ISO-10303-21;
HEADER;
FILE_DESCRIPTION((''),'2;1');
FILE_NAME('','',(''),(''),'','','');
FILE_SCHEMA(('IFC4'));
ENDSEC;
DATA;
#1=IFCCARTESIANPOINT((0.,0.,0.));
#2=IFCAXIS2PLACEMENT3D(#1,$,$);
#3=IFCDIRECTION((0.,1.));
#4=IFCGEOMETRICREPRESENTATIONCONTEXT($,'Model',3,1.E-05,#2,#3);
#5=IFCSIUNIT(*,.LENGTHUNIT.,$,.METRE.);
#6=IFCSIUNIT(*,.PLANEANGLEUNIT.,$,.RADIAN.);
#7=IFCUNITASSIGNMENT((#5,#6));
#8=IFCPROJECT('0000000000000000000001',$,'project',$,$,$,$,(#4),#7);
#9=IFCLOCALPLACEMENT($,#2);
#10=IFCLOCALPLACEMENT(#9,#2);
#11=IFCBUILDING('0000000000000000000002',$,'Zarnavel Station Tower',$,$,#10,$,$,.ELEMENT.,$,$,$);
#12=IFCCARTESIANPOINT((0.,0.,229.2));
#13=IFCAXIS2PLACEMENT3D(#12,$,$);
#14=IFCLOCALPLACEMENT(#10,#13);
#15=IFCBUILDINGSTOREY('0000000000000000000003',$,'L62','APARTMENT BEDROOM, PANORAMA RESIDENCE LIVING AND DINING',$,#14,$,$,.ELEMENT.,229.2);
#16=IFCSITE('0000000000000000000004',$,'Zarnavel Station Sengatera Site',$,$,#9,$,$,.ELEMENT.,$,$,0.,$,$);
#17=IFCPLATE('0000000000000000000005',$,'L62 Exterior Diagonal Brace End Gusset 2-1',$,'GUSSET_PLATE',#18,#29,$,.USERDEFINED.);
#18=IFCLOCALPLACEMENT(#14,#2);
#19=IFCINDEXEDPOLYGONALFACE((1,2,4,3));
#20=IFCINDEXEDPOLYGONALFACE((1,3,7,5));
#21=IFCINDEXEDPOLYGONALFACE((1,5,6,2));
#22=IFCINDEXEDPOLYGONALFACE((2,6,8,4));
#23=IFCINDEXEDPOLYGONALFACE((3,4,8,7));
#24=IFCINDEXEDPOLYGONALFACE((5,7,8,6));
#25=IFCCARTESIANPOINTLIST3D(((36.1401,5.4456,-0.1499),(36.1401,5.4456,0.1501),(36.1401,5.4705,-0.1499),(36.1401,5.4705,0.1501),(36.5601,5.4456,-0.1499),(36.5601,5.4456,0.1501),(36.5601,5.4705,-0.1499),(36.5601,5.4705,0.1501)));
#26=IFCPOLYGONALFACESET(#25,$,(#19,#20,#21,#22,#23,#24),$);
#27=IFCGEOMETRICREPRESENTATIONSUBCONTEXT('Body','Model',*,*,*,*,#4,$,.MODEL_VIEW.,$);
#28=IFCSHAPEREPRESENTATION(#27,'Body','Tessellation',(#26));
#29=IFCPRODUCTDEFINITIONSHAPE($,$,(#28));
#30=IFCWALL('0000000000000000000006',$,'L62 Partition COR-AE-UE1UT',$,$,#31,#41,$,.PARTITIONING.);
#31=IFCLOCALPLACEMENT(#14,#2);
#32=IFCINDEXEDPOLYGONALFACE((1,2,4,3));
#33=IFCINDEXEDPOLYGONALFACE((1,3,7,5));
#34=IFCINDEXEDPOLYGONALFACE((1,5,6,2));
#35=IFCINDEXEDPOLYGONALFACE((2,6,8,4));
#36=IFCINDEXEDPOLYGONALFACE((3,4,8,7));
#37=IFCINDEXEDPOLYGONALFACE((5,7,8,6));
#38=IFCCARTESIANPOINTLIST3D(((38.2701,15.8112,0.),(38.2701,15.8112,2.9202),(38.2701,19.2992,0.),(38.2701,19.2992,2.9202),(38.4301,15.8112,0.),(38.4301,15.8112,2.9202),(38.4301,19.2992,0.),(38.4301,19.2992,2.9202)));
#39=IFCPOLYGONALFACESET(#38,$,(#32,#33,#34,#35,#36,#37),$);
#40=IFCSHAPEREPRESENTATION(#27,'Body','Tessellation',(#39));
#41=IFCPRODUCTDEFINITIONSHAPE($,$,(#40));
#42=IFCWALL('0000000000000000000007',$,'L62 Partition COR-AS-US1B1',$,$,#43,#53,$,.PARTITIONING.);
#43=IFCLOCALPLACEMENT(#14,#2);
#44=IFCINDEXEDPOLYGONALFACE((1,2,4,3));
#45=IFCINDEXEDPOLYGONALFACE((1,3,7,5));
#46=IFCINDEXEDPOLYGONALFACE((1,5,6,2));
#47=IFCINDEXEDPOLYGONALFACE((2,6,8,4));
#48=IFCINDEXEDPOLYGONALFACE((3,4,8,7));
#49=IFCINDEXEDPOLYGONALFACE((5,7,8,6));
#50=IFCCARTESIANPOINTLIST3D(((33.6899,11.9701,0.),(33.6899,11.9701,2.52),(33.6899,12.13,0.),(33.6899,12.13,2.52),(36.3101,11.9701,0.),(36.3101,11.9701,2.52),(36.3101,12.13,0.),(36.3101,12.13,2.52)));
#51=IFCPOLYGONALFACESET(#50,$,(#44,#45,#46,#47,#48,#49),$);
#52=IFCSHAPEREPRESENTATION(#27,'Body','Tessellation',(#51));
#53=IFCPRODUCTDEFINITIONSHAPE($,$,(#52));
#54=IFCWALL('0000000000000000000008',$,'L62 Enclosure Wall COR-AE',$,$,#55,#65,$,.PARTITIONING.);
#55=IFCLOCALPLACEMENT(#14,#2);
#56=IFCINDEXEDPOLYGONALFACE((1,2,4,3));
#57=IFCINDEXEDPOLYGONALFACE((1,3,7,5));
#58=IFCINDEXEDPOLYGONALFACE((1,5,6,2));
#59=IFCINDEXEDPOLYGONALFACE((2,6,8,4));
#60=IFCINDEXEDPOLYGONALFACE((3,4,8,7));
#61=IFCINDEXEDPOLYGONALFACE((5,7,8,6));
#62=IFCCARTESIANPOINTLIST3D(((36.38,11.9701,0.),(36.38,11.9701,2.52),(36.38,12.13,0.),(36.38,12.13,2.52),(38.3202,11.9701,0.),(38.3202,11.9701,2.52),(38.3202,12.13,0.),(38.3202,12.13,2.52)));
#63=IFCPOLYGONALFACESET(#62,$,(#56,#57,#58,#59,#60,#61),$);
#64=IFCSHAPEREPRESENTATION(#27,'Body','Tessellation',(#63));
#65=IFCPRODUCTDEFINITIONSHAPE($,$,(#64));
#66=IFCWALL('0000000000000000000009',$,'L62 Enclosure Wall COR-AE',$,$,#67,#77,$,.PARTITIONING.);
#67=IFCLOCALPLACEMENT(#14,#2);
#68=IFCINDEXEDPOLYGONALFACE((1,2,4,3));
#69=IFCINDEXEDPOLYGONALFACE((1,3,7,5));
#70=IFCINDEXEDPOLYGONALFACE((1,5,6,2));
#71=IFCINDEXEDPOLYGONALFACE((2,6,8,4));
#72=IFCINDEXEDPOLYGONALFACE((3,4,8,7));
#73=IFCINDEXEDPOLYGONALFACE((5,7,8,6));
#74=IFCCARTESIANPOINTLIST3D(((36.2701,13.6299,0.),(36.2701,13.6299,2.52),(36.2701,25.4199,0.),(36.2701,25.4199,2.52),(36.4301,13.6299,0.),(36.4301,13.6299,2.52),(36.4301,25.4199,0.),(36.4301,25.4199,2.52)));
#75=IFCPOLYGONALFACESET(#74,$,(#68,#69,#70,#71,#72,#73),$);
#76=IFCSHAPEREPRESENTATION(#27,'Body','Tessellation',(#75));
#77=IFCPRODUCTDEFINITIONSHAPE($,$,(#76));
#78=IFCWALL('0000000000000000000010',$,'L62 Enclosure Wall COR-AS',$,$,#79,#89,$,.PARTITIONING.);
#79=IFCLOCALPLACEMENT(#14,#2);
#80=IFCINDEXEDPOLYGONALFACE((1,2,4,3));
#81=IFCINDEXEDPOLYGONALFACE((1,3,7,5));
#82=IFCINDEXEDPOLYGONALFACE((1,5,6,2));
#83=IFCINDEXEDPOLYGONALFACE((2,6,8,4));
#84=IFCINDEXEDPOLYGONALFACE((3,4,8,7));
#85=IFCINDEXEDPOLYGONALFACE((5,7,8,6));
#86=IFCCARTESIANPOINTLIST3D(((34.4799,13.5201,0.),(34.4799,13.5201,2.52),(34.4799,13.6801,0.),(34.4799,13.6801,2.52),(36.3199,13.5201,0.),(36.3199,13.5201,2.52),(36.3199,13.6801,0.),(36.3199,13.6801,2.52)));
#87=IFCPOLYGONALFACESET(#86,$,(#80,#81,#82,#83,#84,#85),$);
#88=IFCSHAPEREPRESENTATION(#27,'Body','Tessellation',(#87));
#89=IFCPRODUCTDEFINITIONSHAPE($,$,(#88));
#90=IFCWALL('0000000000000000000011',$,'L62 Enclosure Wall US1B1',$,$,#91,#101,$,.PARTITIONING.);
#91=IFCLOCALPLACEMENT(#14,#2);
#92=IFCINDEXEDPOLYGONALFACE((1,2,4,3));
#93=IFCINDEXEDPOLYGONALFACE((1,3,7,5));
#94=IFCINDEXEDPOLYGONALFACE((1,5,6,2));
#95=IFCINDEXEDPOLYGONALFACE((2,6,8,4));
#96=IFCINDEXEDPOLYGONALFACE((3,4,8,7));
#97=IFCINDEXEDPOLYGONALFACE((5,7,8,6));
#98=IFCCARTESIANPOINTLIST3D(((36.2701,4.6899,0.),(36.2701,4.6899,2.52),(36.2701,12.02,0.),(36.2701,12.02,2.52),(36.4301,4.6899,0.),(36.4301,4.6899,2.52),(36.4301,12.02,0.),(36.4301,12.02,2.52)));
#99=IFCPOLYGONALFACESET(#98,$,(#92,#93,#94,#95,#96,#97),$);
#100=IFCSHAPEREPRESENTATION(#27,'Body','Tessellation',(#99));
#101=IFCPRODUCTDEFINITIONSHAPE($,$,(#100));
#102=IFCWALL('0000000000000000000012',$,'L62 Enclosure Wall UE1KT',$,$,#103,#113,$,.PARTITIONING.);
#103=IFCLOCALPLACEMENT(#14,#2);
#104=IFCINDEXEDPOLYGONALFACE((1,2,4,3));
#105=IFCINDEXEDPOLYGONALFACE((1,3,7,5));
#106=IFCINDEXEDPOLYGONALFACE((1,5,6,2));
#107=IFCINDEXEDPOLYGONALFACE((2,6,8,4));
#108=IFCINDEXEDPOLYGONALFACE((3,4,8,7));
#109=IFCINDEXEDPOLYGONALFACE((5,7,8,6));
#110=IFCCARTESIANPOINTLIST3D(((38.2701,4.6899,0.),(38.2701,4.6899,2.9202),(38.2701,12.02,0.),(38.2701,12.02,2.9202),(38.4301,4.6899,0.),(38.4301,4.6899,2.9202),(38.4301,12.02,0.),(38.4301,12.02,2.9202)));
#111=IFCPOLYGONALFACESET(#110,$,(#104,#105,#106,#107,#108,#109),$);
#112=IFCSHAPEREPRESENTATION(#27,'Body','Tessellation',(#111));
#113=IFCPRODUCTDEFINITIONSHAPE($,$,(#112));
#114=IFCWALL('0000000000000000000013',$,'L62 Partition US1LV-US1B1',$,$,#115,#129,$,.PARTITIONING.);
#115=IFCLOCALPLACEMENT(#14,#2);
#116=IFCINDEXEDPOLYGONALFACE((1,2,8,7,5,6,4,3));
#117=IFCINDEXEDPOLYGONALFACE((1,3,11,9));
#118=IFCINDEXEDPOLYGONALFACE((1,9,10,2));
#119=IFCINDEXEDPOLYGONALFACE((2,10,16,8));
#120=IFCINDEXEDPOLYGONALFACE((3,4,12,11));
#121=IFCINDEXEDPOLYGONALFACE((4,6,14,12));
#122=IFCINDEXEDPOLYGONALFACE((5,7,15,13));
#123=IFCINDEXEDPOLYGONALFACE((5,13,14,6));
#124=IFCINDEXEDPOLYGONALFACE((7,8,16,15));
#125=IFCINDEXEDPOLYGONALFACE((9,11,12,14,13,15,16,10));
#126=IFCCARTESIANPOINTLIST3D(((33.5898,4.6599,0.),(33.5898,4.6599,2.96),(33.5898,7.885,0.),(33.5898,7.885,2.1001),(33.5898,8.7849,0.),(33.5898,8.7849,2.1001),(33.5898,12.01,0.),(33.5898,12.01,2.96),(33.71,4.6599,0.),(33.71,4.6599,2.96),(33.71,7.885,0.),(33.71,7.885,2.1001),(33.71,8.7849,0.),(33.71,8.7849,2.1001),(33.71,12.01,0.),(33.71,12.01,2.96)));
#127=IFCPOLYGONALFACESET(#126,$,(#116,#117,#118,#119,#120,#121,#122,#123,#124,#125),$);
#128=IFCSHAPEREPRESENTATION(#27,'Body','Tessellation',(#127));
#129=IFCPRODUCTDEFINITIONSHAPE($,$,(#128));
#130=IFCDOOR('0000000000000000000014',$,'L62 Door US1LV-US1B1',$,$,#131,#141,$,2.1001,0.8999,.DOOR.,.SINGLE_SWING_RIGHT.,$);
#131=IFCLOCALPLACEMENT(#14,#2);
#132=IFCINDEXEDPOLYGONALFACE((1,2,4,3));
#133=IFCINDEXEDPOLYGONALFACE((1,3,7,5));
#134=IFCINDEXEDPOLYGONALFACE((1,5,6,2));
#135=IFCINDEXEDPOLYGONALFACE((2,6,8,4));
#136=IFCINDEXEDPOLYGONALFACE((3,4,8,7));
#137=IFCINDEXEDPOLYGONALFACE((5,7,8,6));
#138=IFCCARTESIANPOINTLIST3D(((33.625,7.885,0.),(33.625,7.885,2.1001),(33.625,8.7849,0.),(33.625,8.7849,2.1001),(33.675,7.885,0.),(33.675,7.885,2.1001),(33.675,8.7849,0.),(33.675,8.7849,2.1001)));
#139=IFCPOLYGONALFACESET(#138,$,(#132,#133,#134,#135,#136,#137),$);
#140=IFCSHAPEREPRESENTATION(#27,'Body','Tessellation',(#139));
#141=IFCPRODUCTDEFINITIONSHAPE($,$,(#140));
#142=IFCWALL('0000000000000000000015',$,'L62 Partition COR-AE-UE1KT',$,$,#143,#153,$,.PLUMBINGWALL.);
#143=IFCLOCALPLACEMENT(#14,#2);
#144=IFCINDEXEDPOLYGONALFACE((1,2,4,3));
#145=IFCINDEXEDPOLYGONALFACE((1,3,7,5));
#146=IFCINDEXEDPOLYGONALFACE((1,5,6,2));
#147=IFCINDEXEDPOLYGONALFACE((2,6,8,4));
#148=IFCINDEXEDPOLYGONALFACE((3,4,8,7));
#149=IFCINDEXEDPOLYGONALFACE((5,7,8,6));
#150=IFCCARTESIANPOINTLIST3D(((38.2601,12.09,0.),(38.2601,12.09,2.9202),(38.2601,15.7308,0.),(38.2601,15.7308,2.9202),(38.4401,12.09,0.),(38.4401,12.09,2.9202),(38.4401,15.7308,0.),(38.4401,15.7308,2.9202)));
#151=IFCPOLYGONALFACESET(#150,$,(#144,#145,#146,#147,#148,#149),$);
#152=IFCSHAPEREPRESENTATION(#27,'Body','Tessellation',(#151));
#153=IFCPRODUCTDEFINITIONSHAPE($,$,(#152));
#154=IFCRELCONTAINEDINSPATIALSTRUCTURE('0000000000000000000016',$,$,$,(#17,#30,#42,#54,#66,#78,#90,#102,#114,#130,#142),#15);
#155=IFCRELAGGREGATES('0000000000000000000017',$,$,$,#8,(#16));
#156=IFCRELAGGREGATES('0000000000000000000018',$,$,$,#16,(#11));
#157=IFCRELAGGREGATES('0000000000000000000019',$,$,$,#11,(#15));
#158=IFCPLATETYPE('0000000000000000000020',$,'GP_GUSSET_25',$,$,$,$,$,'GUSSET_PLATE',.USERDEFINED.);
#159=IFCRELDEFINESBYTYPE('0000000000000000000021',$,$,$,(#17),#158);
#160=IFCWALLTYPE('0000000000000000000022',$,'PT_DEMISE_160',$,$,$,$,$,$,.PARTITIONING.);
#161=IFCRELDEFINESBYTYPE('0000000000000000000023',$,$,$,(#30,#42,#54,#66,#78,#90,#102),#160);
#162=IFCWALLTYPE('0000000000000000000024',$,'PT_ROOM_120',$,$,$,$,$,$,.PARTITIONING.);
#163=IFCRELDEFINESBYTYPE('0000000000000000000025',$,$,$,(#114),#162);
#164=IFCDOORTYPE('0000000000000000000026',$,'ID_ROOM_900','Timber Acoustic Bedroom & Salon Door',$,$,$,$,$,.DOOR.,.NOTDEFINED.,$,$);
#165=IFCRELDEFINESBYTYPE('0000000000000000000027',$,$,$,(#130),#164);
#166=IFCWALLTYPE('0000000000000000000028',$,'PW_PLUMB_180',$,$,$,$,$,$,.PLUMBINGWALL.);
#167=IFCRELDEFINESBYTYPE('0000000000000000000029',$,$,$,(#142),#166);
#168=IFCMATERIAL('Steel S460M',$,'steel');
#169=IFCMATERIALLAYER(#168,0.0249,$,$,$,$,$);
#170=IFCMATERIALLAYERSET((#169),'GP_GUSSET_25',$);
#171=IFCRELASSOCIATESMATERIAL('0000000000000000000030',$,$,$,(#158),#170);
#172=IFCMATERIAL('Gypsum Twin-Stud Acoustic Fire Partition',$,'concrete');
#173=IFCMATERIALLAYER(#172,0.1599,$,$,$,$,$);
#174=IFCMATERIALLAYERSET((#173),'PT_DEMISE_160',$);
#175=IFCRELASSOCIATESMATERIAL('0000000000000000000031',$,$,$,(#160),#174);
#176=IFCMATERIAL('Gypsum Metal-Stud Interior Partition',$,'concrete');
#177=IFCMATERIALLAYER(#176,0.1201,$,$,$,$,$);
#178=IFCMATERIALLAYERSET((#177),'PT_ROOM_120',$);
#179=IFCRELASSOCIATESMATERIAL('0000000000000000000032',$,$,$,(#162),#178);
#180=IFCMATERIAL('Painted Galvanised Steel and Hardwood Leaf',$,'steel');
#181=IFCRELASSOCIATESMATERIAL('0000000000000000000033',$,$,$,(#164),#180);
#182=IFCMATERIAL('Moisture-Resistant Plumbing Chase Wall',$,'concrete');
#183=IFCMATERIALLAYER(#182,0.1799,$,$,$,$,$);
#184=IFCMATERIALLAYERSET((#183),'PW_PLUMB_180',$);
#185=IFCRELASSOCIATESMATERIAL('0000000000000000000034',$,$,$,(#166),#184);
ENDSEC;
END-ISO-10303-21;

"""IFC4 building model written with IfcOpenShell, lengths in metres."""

from ifc_helpers import new_model, si_unit, direction, frame, frame_2d, origin, origin_2d, place, context, subcontext, project, spatial, rectangle, extrude, material, layer, layer_set, type_object, element, fill, save


model = new_model("IFC4")

# Units and contexts
model_context = context("Model", 3, precision=1e-05, world=origin(), true_north=direction((0.0, 1.0)))
body_context = subcontext(model_context, "Body", "Model", "MODEL_VIEW")
ifc_project = project(units=[si_unit("LENGTHUNIT", "METRE"), si_unit("PLANEANGLEUNIT", "RADIAN")], contexts=[model_context])

# Site, building, storey
site_placement = place(None, origin())
site = spatial("IfcSite", under=ifc_project, at=site_placement, Name="Zarnavel Station Sengatera Site", CompositionType="ELEMENT", RefElevation=0.0)
building_placement = place(site_placement, origin())
building = spatial("IfcBuilding", under=site, at=building_placement, Name="Zarnavel Station Tower", CompositionType="ELEMENT")
storey_placement = place(building_placement, frame((0.0, 0.0, 229.2)))
storey = spatial("IfcBuildingStorey", under=building, at=storey_placement, Name="L62", Description="APARTMENT BEDROOM, PANORAMA RESIDENCE LIVING AND DINING", CompositionType="ELEMENT", Elevation=229.2)

# Plate
ifc_material_1 = material(Name="Steel S460M", Category="steel")
ifc_layer_1 = layer(ifc_material_1, 0.0249)
ifc_layer_set_1 = layer_set([ifc_layer_1], Name="GP_GUSSET_25")
plate_type_1 = type_object("IfcPlateType", Name="GP_GUSSET_25", ElementType="GUSSET_PLATE", PredefinedType="USERDEFINED", material=ifc_layer_set_1)
plate_1_placement = place(storey_placement, frame((36.3501, 5.458, -0.1499), z_axis=(0.0, 0.0, 1.0), x_axis=(1.0, 0.0, 0.0)))
element("IfcPlate", 1, at=plate_1_placement, inside=storey, type_object=plate_type_1, Name="L62 Exterior Diagonal Brace End Gusset 2-1", ObjectType="GUSSET_PLATE", PredefinedType="USERDEFINED", context=body_context, shape_type="SweptSolid", body=[
    extrude(rectangle(XDim=0.4199, YDim=0.0249, at=origin_2d()), origin(), (0.0, 0.0, 1.0), 0.3),
])

# Walls
ifc_material_2 = material(Name="Gypsum Twin-Stud Acoustic Fire Partition", Category="concrete")
ifc_layer_2 = layer(ifc_material_2, 0.1599)
ifc_layer_set_2 = layer_set([ifc_layer_2], Name="PT_DEMISE_160")
wall_type_1 = type_object("IfcWallType", Name="PT_DEMISE_160", PredefinedType="PARTITIONING", material=ifc_layer_set_2)
wall_1_placement = place(storey_placement, frame((38.3501, 15.811, 0.0), z_axis=(0.0, 0.0, 1.0), x_axis=(0.0, 1.0, 0.0)))
element("IfcWall", 2, at=wall_1_placement, inside=storey, type_object=wall_type_1, Name="L62 Partition COR-AE-UE1UT", PredefinedType="PARTITIONING", context=body_context, shape_type="SweptSolid", body=[
    extrude(rectangle(XDim=3.488, YDim=0.1599, at=frame_2d((1.7441, 0.0))), origin(), (0.0, 0.0, 1.0), 2.9202),
])
wall_2_placement = place(storey_placement, frame((33.6899, 12.05, 0.0), z_axis=(0.0, 0.0, 1.0), x_axis=(1.0, 0.0, 0.0)))
element("IfcWall", 3, at=wall_2_placement, inside=storey, type_object=wall_type_1, Name="L62 Partition COR-AS-US1B1", PredefinedType="PARTITIONING", context=body_context, shape_type="SweptSolid", body=[
    extrude(rectangle(XDim=2.6201, YDim=0.1599, at=frame_2d((1.3101, 0.0))), origin(), (0.0, 0.0, 1.0), 2.52),
])
wall_3_placement = place(storey_placement, frame((36.3799, 12.05, 0.0), z_axis=(0.0, 0.0, 1.0), x_axis=(1.0, 0.0, 0.0)))
element("IfcWall", 4, at=wall_3_placement, inside=storey, type_object=wall_type_1, Name="L62 Enclosure Wall COR-AE", PredefinedType="PARTITIONING", context=body_context, shape_type="SweptSolid", body=[
    extrude(rectangle(XDim=1.9402, YDim=0.1599, at=frame_2d((0.9702, 0.0))), origin(), (0.0, 0.0, 1.0), 2.52),
])
wall_4_placement = place(storey_placement, frame((36.3501, 13.6299, 0.0), z_axis=(0.0, 0.0, 1.0), x_axis=(0.0, 1.0, 0.0)))
element("IfcWall", 5, at=wall_4_placement, inside=storey, type_object=wall_type_1, Name="L62 Enclosure Wall COR-AE", PredefinedType="PARTITIONING", context=body_context, shape_type="SweptSolid", body=[
    extrude(rectangle(XDim=11.79, YDim=0.1599, at=frame_2d((5.895, 0.0))), origin(), (0.0, 0.0, 1.0), 2.52),
])
wall_5_placement = place(storey_placement, frame((34.48, 13.6001, 0.0), z_axis=(0.0, 0.0, 1.0), x_axis=(1.0, 0.0, 0.0)))
element("IfcWall", 6, at=wall_5_placement, inside=storey, type_object=wall_type_1, Name="L62 Enclosure Wall COR-AS", PredefinedType="PARTITIONING", context=body_context, shape_type="SweptSolid", body=[
    extrude(rectangle(XDim=1.8401, YDim=0.1599, at=frame_2d((0.9199, 0.0))), origin(), (0.0, 0.0, 1.0), 2.52),
])
wall_6_placement = place(storey_placement, frame((36.3501, 4.6899, 0.0), z_axis=(0.0, 0.0, 1.0), x_axis=(0.0, 1.0, 0.0)))
element("IfcWall", 7, at=wall_6_placement, inside=storey, type_object=wall_type_1, Name="L62 Enclosure Wall US1B1", PredefinedType="PARTITIONING", context=body_context, shape_type="SweptSolid", body=[
    extrude(rectangle(XDim=7.3301, YDim=0.1599, at=frame_2d((3.665, 0.0))), origin(), (0.0, 0.0, 1.0), 2.52),
])
wall_7_placement = place(storey_placement, frame((38.3501, 4.6899, 0.0), z_axis=(0.0, 0.0, 1.0), x_axis=(0.0, 1.0, 0.0)))
element("IfcWall", 8, at=wall_7_placement, inside=storey, type_object=wall_type_1, Name="L62 Enclosure Wall UE1KT", PredefinedType="PARTITIONING", context=body_context, shape_type="SweptSolid", body=[
    extrude(rectangle(XDim=7.3301, YDim=0.1599, at=frame_2d((3.665, 0.0))), origin(), (0.0, 0.0, 1.0), 2.9202),
])

# Wall, opening, door
ifc_material_3 = material(Name="Gypsum Metal-Stud Interior Partition", Category="concrete")
ifc_layer_3 = layer(ifc_material_3, 0.1201)
ifc_layer_set_3 = layer_set([ifc_layer_3], Name="PT_ROOM_120")
wall_type_2 = type_object("IfcWallType", Name="PT_ROOM_120", PredefinedType="PARTITIONING", material=ifc_layer_set_3)
wall_8_placement = place(storey_placement, frame((33.6499, 4.6599, 0.0), z_axis=(0.0, 0.0, 1.0), x_axis=(0.0, 1.0, 0.0)))
wall_8 = element("IfcWall", 9, at=wall_8_placement, inside=storey, type_object=wall_type_2, Name="L62 Partition US1LV-US1B1", PredefinedType="PARTITIONING", context=body_context, shape_type="SweptSolid", body=[
    extrude(rectangle(XDim=7.3501, YDim=0.1201, at=frame_2d((3.675, 0.0))), origin(), (0.0, 0.0, 1.0), 2.96),
])
opening_placement = place(wall_8_placement, frame((3.2251, 0.0, 0.0)))
opening = element("IfcOpeningElement", 10, at=opening_placement, cuts=wall_8, PredefinedType="OPENING", context=body_context, shape_type="SweptSolid", body=[
    extrude(rectangle(XDim=0.8999, YDim=2.1001, at=frame_2d((0.45, 1.05))), frame((0.0, 0.0701, 0.0), z_axis=(0.0, -1.0, 0.0), x_axis=(1.0, 0.0, 0.0)), (0.0, 0.0, 1.0), 0.1401),
])
ifc_material_4 = material(Name="Painted Galvanised Steel and Hardwood Leaf", Category="steel")
door_type = type_object("IfcDoorType", Name="ID_ROOM_900", Description="Timber Acoustic Bedroom & Salon Door", OperationType="NOTDEFINED", PredefinedType="DOOR", material=ifc_material_4)
door_placement = place(opening_placement, origin())
door = element("IfcDoor", 11, at=door_placement, inside=storey, type_object=door_type, Name="L62 Door US1LV-US1B1", OperationType="SINGLE_SWING_RIGHT", OverallHeight=2.1001, OverallWidth=0.8999, PredefinedType="DOOR", context=body_context, shape_type="SweptSolid", body=[
    extrude(rectangle(XDim=0.8999, YDim=2.1001, at=frame_2d((0.45, 1.05))), frame((0.0, 0.0249, 0.0), z_axis=(0.0, -1.0, 0.0), x_axis=(1.0, 0.0, 0.0)), (0.0, 0.0, 1.0), 0.05),
])
fill(opening, door)

# Wall
ifc_material_5 = material(Name="Moisture-Resistant Plumbing Chase Wall", Category="concrete")
ifc_layer_4 = layer(ifc_material_5, 0.1799)
ifc_layer_set_4 = layer_set([ifc_layer_4], Name="PW_PLUMB_180")
wall_type_3 = type_object("IfcWallType", Name="PW_PLUMB_180", PredefinedType="PLUMBINGWALL", material=ifc_layer_set_4)
wall_9_placement = place(storey_placement, frame((38.3501, 12.0901, 0.0), z_axis=(0.0, 0.0, 1.0), x_axis=(0.0, 1.0, 0.0)))
element("IfcWall", 12, at=wall_9_placement, inside=storey, type_object=wall_type_3, Name="L62 Partition COR-AE-UE1KT", PredefinedType="PLUMBINGWALL", context=body_context, shape_type="SweptSolid", body=[
    extrude(rectangle(XDim=3.6409, YDim=0.1799, at=frame_2d((1.8203, 0.0))), origin(), (0.0, 0.0, 1.0), 2.9202),
])

save(model, "model.ifc")
